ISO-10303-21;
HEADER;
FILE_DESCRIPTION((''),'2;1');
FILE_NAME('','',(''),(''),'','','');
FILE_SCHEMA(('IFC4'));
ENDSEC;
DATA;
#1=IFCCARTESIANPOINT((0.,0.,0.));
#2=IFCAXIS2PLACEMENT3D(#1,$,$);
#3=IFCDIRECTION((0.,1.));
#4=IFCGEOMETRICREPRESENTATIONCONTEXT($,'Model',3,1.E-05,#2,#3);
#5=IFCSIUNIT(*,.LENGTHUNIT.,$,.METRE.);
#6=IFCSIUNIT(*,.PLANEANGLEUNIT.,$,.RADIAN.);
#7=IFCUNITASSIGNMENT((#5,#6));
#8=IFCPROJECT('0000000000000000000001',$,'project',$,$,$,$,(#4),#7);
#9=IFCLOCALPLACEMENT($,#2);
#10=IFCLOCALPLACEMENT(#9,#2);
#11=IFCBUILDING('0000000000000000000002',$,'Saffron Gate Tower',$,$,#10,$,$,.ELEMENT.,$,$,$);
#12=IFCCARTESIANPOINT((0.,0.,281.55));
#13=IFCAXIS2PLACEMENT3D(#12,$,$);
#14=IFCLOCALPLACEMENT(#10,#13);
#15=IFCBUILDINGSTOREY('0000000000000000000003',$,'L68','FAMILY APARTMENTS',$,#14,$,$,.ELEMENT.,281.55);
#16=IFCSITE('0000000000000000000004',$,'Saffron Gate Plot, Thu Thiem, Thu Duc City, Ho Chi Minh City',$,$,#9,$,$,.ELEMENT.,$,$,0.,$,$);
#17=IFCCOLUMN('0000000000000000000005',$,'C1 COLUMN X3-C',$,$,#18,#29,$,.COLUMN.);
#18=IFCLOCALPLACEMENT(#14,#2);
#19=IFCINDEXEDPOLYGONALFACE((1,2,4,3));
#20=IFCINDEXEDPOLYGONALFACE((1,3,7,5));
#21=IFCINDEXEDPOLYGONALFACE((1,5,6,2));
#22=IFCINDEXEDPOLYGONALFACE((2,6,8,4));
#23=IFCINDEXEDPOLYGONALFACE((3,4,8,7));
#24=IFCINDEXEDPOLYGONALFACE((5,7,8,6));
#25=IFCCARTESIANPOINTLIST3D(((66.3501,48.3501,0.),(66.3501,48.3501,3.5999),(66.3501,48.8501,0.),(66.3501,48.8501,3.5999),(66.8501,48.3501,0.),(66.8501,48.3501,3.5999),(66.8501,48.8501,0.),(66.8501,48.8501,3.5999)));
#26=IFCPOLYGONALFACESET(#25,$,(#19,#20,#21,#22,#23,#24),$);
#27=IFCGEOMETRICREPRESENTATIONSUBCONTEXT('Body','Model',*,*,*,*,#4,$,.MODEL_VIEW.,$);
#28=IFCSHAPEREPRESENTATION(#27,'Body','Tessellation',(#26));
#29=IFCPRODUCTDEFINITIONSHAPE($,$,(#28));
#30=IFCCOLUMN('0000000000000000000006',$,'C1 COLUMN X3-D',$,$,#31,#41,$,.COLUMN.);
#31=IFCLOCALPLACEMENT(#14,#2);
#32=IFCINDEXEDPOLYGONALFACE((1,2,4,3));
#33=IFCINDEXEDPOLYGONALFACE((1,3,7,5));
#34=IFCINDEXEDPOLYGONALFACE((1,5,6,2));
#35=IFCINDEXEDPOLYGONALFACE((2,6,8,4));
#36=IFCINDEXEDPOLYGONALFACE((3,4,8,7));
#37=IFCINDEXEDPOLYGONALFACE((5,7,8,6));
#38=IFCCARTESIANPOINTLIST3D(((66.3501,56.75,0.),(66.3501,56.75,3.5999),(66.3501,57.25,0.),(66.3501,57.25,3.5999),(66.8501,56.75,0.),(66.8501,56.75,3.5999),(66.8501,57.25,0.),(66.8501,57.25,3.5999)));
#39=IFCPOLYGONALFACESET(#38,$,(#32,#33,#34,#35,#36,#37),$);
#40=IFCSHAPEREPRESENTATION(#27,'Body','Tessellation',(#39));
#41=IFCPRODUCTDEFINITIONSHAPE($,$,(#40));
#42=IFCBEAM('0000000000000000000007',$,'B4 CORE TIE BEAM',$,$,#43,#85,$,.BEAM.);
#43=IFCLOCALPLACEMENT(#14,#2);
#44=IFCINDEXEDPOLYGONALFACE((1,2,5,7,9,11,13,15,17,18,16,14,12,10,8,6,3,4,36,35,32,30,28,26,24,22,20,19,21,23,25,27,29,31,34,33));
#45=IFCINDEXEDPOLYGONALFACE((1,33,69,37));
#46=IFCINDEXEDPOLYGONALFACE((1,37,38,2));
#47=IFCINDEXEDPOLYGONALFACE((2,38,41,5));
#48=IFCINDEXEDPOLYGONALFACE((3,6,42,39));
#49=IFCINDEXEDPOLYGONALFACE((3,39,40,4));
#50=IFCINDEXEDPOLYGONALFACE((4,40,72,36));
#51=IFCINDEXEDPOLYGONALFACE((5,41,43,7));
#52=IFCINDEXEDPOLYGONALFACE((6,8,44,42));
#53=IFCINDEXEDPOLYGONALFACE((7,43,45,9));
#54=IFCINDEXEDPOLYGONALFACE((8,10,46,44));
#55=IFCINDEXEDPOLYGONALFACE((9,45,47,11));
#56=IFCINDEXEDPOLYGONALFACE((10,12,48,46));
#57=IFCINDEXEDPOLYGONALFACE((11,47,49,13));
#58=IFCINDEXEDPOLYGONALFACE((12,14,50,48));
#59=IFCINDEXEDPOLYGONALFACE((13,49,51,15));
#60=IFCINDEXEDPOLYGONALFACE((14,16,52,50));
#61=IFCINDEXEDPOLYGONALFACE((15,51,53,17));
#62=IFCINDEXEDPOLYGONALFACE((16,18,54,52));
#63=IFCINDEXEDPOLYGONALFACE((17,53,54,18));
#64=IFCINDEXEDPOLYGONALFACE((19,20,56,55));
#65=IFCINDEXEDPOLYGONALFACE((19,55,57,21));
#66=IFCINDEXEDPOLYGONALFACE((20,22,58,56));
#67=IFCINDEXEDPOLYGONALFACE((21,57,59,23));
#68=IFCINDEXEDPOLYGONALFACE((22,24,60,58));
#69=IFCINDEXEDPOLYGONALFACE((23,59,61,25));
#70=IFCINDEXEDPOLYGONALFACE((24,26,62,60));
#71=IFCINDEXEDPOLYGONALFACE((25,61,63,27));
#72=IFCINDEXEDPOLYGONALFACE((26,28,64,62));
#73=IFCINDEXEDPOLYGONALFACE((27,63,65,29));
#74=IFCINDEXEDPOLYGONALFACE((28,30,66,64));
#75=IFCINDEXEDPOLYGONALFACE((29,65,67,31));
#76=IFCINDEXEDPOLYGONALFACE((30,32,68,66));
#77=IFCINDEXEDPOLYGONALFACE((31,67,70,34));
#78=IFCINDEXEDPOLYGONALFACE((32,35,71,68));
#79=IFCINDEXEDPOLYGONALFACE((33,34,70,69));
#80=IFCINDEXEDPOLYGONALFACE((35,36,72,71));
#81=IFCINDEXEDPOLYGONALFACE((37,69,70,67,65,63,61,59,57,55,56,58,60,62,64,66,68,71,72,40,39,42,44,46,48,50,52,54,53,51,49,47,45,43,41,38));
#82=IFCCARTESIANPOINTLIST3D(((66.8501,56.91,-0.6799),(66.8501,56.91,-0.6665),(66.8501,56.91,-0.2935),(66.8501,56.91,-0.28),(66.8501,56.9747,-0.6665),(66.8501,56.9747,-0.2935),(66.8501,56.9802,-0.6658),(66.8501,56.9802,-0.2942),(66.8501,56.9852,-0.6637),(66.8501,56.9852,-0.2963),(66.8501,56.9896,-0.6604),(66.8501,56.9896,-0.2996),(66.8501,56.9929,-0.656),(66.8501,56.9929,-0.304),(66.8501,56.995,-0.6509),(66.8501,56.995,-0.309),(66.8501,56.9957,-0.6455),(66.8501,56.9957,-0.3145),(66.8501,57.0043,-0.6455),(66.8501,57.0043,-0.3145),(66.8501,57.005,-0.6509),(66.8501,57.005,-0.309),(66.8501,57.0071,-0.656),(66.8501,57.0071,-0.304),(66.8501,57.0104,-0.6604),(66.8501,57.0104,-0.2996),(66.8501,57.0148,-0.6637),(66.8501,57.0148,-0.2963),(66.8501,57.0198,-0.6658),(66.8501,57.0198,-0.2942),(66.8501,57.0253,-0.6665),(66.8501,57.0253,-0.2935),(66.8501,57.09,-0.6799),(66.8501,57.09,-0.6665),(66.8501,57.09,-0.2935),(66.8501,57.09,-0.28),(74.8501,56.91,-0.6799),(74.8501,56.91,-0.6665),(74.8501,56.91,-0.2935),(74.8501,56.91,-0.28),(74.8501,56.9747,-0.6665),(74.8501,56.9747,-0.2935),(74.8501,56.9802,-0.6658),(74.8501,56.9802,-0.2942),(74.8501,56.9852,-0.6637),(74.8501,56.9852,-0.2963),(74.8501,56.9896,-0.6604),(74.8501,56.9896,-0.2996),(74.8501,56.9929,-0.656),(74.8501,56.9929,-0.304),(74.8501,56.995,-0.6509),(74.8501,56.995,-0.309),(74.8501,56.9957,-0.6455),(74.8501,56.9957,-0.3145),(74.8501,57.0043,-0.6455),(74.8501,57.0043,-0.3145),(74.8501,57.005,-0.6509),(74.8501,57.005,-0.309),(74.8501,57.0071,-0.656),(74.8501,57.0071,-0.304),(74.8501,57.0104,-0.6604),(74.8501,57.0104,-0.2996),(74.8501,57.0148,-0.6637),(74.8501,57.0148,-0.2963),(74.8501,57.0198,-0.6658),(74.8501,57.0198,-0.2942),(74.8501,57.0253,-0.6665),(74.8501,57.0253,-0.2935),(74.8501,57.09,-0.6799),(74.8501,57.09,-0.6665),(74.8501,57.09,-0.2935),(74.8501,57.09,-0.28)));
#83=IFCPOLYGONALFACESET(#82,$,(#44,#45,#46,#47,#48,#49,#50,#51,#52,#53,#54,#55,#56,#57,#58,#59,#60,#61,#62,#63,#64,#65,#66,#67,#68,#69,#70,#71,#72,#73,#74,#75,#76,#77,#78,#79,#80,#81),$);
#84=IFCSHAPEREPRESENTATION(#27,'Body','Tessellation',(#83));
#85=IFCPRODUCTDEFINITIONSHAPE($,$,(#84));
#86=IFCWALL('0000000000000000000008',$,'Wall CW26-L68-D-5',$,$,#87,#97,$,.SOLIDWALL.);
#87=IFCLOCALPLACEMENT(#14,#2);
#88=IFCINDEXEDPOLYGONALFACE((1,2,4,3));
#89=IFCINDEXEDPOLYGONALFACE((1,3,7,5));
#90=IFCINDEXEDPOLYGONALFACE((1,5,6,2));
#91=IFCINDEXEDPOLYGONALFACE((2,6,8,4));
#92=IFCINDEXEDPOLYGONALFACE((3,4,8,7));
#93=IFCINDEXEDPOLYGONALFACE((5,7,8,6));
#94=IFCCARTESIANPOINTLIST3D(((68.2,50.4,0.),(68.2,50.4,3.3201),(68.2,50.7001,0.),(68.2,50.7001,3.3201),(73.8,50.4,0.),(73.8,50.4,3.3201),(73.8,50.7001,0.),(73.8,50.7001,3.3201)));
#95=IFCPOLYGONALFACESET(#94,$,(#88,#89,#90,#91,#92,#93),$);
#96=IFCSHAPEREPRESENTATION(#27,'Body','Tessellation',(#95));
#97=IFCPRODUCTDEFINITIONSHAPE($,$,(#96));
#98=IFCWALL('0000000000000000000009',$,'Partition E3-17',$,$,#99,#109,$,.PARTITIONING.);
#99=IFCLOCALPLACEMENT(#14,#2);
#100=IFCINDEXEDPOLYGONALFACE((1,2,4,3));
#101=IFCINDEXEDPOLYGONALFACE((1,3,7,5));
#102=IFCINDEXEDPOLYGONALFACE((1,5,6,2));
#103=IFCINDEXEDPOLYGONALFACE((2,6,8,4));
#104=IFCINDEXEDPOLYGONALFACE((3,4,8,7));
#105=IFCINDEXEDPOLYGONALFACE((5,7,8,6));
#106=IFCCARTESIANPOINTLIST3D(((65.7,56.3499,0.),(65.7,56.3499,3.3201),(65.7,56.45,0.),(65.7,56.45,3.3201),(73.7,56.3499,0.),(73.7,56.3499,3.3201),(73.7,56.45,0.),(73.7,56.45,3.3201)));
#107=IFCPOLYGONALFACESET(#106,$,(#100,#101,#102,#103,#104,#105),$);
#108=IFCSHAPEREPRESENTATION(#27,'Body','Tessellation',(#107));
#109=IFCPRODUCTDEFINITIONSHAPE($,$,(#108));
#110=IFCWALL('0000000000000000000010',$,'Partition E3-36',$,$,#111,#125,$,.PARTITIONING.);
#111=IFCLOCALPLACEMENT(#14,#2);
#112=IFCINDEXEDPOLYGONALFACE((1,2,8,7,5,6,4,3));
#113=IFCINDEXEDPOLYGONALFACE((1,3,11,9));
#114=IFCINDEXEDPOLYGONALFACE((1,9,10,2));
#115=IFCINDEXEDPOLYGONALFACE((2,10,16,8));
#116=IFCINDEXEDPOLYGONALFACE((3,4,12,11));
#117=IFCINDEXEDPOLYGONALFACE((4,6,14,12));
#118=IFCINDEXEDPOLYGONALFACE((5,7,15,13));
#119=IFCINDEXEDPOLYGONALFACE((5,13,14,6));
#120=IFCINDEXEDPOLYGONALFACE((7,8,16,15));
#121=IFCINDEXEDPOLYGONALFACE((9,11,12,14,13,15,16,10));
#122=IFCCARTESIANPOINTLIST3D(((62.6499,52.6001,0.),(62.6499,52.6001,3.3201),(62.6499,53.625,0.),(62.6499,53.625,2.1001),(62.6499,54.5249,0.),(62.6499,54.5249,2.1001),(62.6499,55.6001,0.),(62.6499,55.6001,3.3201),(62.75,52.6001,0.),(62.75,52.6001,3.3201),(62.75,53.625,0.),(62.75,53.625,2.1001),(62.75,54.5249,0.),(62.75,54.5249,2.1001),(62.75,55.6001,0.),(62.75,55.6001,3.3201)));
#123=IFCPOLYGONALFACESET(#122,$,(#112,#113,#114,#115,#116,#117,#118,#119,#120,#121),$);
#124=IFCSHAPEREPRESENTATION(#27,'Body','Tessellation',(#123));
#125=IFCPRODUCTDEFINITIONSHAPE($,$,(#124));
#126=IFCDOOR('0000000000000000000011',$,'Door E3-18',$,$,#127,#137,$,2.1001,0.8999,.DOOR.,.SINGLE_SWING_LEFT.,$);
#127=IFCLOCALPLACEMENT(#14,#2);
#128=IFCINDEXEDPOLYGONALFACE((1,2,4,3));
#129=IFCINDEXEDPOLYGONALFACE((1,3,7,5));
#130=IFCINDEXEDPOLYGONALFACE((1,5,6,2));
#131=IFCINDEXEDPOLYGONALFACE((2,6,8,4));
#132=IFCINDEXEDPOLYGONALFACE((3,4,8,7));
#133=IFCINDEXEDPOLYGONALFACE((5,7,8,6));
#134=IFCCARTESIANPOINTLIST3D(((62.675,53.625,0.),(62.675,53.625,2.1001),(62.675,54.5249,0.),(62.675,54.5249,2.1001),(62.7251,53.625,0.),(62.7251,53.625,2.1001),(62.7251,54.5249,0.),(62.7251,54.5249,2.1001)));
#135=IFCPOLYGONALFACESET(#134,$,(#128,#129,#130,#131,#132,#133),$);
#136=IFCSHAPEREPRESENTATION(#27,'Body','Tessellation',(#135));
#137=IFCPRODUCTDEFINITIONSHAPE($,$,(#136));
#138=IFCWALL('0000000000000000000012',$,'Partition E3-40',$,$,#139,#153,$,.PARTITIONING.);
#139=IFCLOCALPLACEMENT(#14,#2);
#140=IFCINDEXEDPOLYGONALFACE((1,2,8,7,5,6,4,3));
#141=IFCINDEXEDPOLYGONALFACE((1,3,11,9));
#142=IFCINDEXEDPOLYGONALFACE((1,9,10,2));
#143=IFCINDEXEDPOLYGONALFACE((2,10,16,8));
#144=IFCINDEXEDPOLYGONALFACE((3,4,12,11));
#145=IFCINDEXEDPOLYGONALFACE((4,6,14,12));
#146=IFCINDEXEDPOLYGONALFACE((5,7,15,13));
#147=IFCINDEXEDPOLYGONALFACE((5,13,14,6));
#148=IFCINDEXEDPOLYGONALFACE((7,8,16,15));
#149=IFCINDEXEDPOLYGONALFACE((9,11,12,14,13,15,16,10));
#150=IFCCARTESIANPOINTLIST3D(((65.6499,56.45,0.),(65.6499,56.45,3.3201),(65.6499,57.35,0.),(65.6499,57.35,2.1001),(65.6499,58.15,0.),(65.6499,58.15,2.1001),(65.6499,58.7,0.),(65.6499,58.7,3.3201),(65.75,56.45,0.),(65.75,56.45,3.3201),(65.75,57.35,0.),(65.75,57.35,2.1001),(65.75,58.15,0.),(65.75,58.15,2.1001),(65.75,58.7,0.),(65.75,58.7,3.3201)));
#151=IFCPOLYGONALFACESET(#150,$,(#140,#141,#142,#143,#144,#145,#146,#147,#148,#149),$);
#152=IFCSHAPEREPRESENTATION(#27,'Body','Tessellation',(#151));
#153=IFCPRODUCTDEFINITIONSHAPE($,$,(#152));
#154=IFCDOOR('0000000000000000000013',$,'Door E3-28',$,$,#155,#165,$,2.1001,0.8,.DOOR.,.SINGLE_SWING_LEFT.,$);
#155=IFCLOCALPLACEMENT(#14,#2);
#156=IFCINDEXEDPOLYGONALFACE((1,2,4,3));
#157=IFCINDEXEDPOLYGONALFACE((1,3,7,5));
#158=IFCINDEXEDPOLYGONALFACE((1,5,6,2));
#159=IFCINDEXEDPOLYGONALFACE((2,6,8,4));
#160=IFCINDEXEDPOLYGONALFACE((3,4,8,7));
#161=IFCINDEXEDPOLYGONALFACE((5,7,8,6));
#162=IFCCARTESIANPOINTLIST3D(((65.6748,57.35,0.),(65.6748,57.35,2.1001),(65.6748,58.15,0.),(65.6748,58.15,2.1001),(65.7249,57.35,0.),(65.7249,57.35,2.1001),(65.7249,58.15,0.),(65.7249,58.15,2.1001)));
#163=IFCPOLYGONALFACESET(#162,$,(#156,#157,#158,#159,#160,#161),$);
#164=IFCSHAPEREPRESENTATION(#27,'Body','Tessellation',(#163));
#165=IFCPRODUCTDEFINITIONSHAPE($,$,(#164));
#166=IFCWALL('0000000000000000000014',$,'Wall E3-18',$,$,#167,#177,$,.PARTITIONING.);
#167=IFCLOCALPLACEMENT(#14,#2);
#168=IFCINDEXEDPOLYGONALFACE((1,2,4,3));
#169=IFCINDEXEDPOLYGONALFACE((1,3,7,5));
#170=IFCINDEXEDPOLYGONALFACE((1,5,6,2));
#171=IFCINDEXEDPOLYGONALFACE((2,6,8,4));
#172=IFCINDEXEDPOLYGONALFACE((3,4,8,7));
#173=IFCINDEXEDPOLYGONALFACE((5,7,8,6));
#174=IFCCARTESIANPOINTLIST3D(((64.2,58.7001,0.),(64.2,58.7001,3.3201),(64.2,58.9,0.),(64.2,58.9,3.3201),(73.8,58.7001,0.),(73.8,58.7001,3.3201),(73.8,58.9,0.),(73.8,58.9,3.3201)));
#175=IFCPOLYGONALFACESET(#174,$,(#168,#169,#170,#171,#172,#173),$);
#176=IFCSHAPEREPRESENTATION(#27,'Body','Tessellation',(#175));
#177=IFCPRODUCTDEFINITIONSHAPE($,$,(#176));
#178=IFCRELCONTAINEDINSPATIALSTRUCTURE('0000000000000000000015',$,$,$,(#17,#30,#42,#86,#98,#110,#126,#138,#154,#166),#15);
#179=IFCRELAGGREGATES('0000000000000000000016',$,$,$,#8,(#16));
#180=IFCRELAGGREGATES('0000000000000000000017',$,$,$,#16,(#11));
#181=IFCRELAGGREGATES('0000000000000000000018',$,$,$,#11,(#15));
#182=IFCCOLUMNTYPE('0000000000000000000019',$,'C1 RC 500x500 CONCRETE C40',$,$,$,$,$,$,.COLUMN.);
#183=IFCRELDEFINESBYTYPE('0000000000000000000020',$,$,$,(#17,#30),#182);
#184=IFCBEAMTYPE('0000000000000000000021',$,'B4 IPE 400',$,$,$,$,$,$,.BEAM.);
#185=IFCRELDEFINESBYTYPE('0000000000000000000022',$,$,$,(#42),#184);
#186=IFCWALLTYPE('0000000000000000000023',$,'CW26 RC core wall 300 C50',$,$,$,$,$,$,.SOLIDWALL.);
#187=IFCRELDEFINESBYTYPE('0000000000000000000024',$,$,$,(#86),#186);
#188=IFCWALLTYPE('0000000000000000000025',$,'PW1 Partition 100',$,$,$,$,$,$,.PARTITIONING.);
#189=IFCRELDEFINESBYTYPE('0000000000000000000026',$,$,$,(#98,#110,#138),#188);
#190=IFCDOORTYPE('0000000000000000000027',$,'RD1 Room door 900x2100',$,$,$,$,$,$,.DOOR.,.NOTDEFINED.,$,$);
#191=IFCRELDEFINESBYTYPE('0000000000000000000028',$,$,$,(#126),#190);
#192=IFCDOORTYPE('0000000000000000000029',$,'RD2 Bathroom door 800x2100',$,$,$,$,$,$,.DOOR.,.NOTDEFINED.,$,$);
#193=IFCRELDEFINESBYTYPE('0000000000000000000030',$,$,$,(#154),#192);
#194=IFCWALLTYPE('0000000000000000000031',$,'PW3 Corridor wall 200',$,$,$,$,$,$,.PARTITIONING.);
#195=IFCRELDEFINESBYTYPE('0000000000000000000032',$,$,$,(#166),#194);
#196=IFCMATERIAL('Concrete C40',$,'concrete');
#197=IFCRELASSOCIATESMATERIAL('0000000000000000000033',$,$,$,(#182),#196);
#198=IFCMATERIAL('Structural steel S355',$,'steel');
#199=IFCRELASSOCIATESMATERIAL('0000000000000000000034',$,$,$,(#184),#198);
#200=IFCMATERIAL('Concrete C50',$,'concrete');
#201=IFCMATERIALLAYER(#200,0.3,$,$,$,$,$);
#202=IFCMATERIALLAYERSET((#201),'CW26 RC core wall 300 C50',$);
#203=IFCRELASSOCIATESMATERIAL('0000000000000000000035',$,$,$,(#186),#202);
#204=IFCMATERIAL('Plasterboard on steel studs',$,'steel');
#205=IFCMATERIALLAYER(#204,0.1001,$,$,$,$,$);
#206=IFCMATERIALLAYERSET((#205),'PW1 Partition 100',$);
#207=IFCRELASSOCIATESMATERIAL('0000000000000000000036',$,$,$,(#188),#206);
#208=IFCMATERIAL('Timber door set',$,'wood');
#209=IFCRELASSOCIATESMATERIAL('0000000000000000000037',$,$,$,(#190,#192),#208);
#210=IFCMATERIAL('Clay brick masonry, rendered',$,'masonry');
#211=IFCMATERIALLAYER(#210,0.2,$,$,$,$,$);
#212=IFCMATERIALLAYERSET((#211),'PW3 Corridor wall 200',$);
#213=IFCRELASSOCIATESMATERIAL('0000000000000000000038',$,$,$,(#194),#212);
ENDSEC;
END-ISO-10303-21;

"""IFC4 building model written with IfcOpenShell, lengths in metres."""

from ifc_helpers import new_model, si_unit, direction, frame, frame_2d, origin, origin_2d, place, context, subcontext, project, spatial, rectangle, i_section, extrude, material, layer, layer_set, material_profile, profile_set, type_object, element, fill, save


model = new_model("IFC4")

# Units and contexts
model_context = context("Model", 3, precision=1e-05, world=origin(), true_north=direction((0.0, 1.0)))
body_context = subcontext(model_context, "Body", "Model", "MODEL_VIEW")
ifc_project = project(units=[si_unit("LENGTHUNIT", "METRE"), si_unit("PLANEANGLEUNIT", "RADIAN")], contexts=[model_context])

# Site, building, storey
site_placement = place(None, origin())
site = spatial("IfcSite", under=ifc_project, at=site_placement, Name="Saffron Gate Plot, Thu Thiem, Thu Duc City, Ho Chi Minh City", CompositionType="ELEMENT", RefElevation=0.0)
building_placement = place(site_placement, origin())
building = spatial("IfcBuilding", under=site, at=building_placement, Name="Saffron Gate Tower", CompositionType="ELEMENT")
storey_placement = place(building_placement, frame((0.0, 0.0, 281.55)))
storey = spatial("IfcBuildingStorey", under=building, at=storey_placement, Name="L68", Description="FAMILY APARTMENTS", CompositionType="ELEMENT", Elevation=281.55)

# Columns
ifc_material_1 = material(Name="Concrete C40", Category="concrete")
ifc_material_profile_1 = material_profile(ifc_material_1, rectangle(XDim=0.5, YDim=0.5, at=origin_2d()))
ifc_profile_set_1 = profile_set([ifc_material_profile_1], Name="Concrete C40")
column_type = type_object("IfcColumnType", Name="C1 RC 500x500 CONCRETE C40", PredefinedType="COLUMN", material=ifc_profile_set_1)
for number, where, z_axis, x_axis, name in (
    (1, (66.6001, 48.6001, 0.0), (0.0, 0.0, 1.0), (1.0, 0.0, 0.0), "C1 COLUMN X3-C"),
    (2, (66.6001, 57.0, 0.0), (0.0, 0.0, 1.0), (1.0, 0.0, 0.0), "C1 COLUMN X3-D"),
):
    element("IfcColumn", number, at=place(storey_placement, frame(where, z_axis=z_axis, x_axis=x_axis)), inside=storey, type_object=column_type, Name=name, PredefinedType="COLUMN", context=body_context, shape_type="SweptSolid", body=[
        extrude(rectangle(XDim=0.5, YDim=0.5, at=origin_2d()), origin(), (0.0, 0.0, 1.0), 3.5999),
    ])

# Beam
ifc_material_2 = material(Name="Structural steel S355", Category="steel")
ifc_material_profile_2 = material_profile(ifc_material_2, i_section(OverallWidth=0.1799, OverallDepth=0.3999, WebThickness=0.0085, FlangeThickness=0.0134, FilletRadius=0.021, at=origin_2d()))
ifc_profile_set_2 = profile_set([ifc_material_profile_2], Name="Structural steel S355")
beam_type = type_object("IfcBeamType", Name="B4 IPE 400", PredefinedType="BEAM", material=ifc_profile_set_2)
beam_placement = place(storey_placement, frame((66.8501, 57.0, -0.48), z_axis=(1.0, 0.0, 0.0), x_axis=(0.0, 1.0, 0.0)))
element("IfcBeam", 3, at=beam_placement, inside=storey, type_object=beam_type, Name="B4 CORE TIE BEAM", PredefinedType="BEAM", context=body_context, shape_type="SweptSolid", body=[
    extrude(i_section(OverallWidth=0.1799, OverallDepth=0.3999, WebThickness=0.0085, FlangeThickness=0.0134, FilletRadius=0.021, at=origin_2d()), origin(), (0.0, 0.0, 1.0), 8.0),
])

# Walls
ifc_material_3 = material(Name="Concrete C50", Category="concrete")
ifc_layer_1 = layer(ifc_material_3, 0.3)
ifc_layer_set_1 = layer_set([ifc_layer_1], Name="CW26 RC core wall 300 C50")
wall_type_1 = type_object("IfcWallType", Name="CW26 RC core wall 300 C50", PredefinedType="SOLIDWALL", material=ifc_layer_set_1)
wall_1_placement = place(storey_placement, frame((68.2, 50.55, 0.0), z_axis=(0.0, 0.0, 1.0), x_axis=(1.0, 0.0, 0.0)))
element("IfcWall", 4, at=wall_1_placement, inside=storey, type_object=wall_type_1, Name="Wall CW26-L68-D-5", PredefinedType="SOLIDWALL", context=body_context, shape_type="SweptSolid", body=[
    extrude(rectangle(XDim=5.6001, YDim=0.3, at=frame_2d((2.8, 0.0))), origin(), (0.0, 0.0, 1.0), 3.3201),
])
ifc_material_4 = material(Name="Plasterboard on steel studs", Category="steel")
ifc_layer_2 = layer(ifc_material_4, 0.1001)
ifc_layer_set_2 = layer_set([ifc_layer_2], Name="PW1 Partition 100")
wall_type_2 = type_object("IfcWallType", Name="PW1 Partition 100", PredefinedType="PARTITIONING", material=ifc_layer_set_2)
wall_2_placement = place(storey_placement, frame((65.7, 56.3999, 0.0), z_axis=(0.0, 0.0, 1.0), x_axis=(1.0, 0.0, 0.0)))
element("IfcWall", 5, at=wall_2_placement, inside=storey, type_object=wall_type_2, Name="Partition E3-17", PredefinedType="PARTITIONING", context=body_context, shape_type="SweptSolid", body=[
    extrude(rectangle(XDim=8.0, YDim=0.1001, at=frame_2d((4.0, 0.0))), origin(), (0.0, 0.0, 1.0), 3.3201),
])

# Walls, openings, doors
wall_3_placement = place(storey_placement, frame((62.7, 52.6001, 0.0), z_axis=(0.0, 0.0, 1.0), x_axis=(0.0, 1.0, 0.0)))
wall_3 = element("IfcWall", 6, at=wall_3_placement, inside=storey, type_object=wall_type_2, Name="Partition E3-36", PredefinedType="PARTITIONING", context=body_context, shape_type="SweptSolid", body=[
    extrude(rectangle(XDim=3.0, YDim=0.1001, at=frame_2d((1.5, 0.0))), origin(), (0.0, 0.0, 1.0), 3.3201),
])
opening_1_placement = place(wall_3_placement, frame((1.0249, 0.0, 0.0)))
opening_1 = element("IfcOpeningElement", 7, at=opening_1_placement, cuts=wall_3, PredefinedType="OPENING", context=body_context, shape_type="SweptSolid", body=[
    extrude(rectangle(XDim=0.8999, YDim=2.1001, at=frame_2d((0.45, 1.05))), frame((0.0, 0.0601, 0.0), z_axis=(0.0, -1.0, 0.0), x_axis=(1.0, 0.0, 0.0)), (0.0, 0.0, 1.0), 0.1201),
])
ifc_material_5 = material(Name="Timber door set", Category="wood")
door_type_1 = type_object("IfcDoorType", Name="RD1 Room door 900x2100", OperationType="NOTDEFINED", PredefinedType="DOOR", material=ifc_material_5)
door_1_placement = place(opening_1_placement, origin())
door_1 = element("IfcDoor", 8, at=door_1_placement, inside=storey, type_object=door_type_1, Name="Door E3-18", OperationType="SINGLE_SWING_LEFT", OverallHeight=2.1001, OverallWidth=0.8999, PredefinedType="DOOR", context=body_context, shape_type="SweptSolid", body=[
    extrude(rectangle(XDim=0.8999, YDim=2.1001, at=frame_2d((0.45, 1.05))), frame((0.0, 0.0249, 0.0), z_axis=(0.0, -1.0, 0.0), x_axis=(1.0, 0.0, 0.0)), (0.0, 0.0, 1.0), 0.05),
])
fill(opening_1, door_1)
wall_4_placement = place(storey_placement, frame((65.7, 58.7, 0.0), z_axis=(0.0, 0.0, 1.0), x_axis=(0.0, -1.0, 0.0)))
wall_4 = element("IfcWall", 9, at=wall_4_placement, inside=storey, type_object=wall_type_2, Name="Partition E3-40", PredefinedType="PARTITIONING", context=body_context, shape_type="SweptSolid", body=[
    extrude(rectangle(XDim=2.25, YDim=0.1001, at=frame_2d((1.125, 0.0))), origin(), (0.0, 0.0, 1.0), 3.3201),
])
opening_2_placement = place(wall_4_placement, frame((0.55, 0.0, 0.0)))
opening_2 = element("IfcOpeningElement", 10, at=opening_2_placement, cuts=wall_4, PredefinedType="OPENING", context=body_context, shape_type="SweptSolid", body=[
    extrude(rectangle(XDim=0.8, YDim=2.1001, at=frame_2d((0.3999, 1.05))), frame((0.0, 0.0601, 0.0), z_axis=(0.0, -1.0, 0.0), x_axis=(1.0, 0.0, 0.0)), (0.0, 0.0, 1.0), 0.1201),
])
door_type_2 = type_object("IfcDoorType", Name="RD2 Bathroom door 800x2100", OperationType="NOTDEFINED", PredefinedType="DOOR", material=ifc_material_5)
door_2_placement = place(opening_2_placement, origin())
door_2 = element("IfcDoor", 11, at=door_2_placement, inside=storey, type_object=door_type_2, Name="Door E3-28", OperationType="SINGLE_SWING_LEFT", OverallHeight=2.1001, OverallWidth=0.8, PredefinedType="DOOR", context=body_context, shape_type="SweptSolid", body=[
    extrude(rectangle(XDim=0.8, YDim=2.1001, at=frame_2d((0.3999, 1.05))), frame((0.0, 0.0249, 0.0), z_axis=(0.0, -1.0, 0.0), x_axis=(1.0, 0.0, 0.0)), (0.0, 0.0, 1.0), 0.05),
])
fill(opening_2, door_2)

# Wall
ifc_material_6 = material(Name="Clay brick masonry, rendered", Category="masonry")
ifc_layer_3 = layer(ifc_material_6, 0.2)
ifc_layer_set_3 = layer_set([ifc_layer_3], Name="PW3 Corridor wall 200")
wall_type_3 = type_object("IfcWallType", Name="PW3 Corridor wall 200", PredefinedType="PARTITIONING", material=ifc_layer_set_3)
wall_5_placement = place(storey_placement, frame((64.2, 58.8, 0.0), z_axis=(0.0, 0.0, 1.0), x_axis=(1.0, 0.0, 0.0)))
element("IfcWall", 12, at=wall_5_placement, inside=storey, type_object=wall_type_3, Name="Wall E3-18", PredefinedType="PARTITIONING", context=body_context, shape_type="SweptSolid", body=[
    extrude(rectangle(XDim=9.6001, YDim=0.2, at=frame_2d((4.8, 0.0))), origin(), (0.0, 0.0, 1.0), 3.3201),
])

save(model, "model.ifc")
